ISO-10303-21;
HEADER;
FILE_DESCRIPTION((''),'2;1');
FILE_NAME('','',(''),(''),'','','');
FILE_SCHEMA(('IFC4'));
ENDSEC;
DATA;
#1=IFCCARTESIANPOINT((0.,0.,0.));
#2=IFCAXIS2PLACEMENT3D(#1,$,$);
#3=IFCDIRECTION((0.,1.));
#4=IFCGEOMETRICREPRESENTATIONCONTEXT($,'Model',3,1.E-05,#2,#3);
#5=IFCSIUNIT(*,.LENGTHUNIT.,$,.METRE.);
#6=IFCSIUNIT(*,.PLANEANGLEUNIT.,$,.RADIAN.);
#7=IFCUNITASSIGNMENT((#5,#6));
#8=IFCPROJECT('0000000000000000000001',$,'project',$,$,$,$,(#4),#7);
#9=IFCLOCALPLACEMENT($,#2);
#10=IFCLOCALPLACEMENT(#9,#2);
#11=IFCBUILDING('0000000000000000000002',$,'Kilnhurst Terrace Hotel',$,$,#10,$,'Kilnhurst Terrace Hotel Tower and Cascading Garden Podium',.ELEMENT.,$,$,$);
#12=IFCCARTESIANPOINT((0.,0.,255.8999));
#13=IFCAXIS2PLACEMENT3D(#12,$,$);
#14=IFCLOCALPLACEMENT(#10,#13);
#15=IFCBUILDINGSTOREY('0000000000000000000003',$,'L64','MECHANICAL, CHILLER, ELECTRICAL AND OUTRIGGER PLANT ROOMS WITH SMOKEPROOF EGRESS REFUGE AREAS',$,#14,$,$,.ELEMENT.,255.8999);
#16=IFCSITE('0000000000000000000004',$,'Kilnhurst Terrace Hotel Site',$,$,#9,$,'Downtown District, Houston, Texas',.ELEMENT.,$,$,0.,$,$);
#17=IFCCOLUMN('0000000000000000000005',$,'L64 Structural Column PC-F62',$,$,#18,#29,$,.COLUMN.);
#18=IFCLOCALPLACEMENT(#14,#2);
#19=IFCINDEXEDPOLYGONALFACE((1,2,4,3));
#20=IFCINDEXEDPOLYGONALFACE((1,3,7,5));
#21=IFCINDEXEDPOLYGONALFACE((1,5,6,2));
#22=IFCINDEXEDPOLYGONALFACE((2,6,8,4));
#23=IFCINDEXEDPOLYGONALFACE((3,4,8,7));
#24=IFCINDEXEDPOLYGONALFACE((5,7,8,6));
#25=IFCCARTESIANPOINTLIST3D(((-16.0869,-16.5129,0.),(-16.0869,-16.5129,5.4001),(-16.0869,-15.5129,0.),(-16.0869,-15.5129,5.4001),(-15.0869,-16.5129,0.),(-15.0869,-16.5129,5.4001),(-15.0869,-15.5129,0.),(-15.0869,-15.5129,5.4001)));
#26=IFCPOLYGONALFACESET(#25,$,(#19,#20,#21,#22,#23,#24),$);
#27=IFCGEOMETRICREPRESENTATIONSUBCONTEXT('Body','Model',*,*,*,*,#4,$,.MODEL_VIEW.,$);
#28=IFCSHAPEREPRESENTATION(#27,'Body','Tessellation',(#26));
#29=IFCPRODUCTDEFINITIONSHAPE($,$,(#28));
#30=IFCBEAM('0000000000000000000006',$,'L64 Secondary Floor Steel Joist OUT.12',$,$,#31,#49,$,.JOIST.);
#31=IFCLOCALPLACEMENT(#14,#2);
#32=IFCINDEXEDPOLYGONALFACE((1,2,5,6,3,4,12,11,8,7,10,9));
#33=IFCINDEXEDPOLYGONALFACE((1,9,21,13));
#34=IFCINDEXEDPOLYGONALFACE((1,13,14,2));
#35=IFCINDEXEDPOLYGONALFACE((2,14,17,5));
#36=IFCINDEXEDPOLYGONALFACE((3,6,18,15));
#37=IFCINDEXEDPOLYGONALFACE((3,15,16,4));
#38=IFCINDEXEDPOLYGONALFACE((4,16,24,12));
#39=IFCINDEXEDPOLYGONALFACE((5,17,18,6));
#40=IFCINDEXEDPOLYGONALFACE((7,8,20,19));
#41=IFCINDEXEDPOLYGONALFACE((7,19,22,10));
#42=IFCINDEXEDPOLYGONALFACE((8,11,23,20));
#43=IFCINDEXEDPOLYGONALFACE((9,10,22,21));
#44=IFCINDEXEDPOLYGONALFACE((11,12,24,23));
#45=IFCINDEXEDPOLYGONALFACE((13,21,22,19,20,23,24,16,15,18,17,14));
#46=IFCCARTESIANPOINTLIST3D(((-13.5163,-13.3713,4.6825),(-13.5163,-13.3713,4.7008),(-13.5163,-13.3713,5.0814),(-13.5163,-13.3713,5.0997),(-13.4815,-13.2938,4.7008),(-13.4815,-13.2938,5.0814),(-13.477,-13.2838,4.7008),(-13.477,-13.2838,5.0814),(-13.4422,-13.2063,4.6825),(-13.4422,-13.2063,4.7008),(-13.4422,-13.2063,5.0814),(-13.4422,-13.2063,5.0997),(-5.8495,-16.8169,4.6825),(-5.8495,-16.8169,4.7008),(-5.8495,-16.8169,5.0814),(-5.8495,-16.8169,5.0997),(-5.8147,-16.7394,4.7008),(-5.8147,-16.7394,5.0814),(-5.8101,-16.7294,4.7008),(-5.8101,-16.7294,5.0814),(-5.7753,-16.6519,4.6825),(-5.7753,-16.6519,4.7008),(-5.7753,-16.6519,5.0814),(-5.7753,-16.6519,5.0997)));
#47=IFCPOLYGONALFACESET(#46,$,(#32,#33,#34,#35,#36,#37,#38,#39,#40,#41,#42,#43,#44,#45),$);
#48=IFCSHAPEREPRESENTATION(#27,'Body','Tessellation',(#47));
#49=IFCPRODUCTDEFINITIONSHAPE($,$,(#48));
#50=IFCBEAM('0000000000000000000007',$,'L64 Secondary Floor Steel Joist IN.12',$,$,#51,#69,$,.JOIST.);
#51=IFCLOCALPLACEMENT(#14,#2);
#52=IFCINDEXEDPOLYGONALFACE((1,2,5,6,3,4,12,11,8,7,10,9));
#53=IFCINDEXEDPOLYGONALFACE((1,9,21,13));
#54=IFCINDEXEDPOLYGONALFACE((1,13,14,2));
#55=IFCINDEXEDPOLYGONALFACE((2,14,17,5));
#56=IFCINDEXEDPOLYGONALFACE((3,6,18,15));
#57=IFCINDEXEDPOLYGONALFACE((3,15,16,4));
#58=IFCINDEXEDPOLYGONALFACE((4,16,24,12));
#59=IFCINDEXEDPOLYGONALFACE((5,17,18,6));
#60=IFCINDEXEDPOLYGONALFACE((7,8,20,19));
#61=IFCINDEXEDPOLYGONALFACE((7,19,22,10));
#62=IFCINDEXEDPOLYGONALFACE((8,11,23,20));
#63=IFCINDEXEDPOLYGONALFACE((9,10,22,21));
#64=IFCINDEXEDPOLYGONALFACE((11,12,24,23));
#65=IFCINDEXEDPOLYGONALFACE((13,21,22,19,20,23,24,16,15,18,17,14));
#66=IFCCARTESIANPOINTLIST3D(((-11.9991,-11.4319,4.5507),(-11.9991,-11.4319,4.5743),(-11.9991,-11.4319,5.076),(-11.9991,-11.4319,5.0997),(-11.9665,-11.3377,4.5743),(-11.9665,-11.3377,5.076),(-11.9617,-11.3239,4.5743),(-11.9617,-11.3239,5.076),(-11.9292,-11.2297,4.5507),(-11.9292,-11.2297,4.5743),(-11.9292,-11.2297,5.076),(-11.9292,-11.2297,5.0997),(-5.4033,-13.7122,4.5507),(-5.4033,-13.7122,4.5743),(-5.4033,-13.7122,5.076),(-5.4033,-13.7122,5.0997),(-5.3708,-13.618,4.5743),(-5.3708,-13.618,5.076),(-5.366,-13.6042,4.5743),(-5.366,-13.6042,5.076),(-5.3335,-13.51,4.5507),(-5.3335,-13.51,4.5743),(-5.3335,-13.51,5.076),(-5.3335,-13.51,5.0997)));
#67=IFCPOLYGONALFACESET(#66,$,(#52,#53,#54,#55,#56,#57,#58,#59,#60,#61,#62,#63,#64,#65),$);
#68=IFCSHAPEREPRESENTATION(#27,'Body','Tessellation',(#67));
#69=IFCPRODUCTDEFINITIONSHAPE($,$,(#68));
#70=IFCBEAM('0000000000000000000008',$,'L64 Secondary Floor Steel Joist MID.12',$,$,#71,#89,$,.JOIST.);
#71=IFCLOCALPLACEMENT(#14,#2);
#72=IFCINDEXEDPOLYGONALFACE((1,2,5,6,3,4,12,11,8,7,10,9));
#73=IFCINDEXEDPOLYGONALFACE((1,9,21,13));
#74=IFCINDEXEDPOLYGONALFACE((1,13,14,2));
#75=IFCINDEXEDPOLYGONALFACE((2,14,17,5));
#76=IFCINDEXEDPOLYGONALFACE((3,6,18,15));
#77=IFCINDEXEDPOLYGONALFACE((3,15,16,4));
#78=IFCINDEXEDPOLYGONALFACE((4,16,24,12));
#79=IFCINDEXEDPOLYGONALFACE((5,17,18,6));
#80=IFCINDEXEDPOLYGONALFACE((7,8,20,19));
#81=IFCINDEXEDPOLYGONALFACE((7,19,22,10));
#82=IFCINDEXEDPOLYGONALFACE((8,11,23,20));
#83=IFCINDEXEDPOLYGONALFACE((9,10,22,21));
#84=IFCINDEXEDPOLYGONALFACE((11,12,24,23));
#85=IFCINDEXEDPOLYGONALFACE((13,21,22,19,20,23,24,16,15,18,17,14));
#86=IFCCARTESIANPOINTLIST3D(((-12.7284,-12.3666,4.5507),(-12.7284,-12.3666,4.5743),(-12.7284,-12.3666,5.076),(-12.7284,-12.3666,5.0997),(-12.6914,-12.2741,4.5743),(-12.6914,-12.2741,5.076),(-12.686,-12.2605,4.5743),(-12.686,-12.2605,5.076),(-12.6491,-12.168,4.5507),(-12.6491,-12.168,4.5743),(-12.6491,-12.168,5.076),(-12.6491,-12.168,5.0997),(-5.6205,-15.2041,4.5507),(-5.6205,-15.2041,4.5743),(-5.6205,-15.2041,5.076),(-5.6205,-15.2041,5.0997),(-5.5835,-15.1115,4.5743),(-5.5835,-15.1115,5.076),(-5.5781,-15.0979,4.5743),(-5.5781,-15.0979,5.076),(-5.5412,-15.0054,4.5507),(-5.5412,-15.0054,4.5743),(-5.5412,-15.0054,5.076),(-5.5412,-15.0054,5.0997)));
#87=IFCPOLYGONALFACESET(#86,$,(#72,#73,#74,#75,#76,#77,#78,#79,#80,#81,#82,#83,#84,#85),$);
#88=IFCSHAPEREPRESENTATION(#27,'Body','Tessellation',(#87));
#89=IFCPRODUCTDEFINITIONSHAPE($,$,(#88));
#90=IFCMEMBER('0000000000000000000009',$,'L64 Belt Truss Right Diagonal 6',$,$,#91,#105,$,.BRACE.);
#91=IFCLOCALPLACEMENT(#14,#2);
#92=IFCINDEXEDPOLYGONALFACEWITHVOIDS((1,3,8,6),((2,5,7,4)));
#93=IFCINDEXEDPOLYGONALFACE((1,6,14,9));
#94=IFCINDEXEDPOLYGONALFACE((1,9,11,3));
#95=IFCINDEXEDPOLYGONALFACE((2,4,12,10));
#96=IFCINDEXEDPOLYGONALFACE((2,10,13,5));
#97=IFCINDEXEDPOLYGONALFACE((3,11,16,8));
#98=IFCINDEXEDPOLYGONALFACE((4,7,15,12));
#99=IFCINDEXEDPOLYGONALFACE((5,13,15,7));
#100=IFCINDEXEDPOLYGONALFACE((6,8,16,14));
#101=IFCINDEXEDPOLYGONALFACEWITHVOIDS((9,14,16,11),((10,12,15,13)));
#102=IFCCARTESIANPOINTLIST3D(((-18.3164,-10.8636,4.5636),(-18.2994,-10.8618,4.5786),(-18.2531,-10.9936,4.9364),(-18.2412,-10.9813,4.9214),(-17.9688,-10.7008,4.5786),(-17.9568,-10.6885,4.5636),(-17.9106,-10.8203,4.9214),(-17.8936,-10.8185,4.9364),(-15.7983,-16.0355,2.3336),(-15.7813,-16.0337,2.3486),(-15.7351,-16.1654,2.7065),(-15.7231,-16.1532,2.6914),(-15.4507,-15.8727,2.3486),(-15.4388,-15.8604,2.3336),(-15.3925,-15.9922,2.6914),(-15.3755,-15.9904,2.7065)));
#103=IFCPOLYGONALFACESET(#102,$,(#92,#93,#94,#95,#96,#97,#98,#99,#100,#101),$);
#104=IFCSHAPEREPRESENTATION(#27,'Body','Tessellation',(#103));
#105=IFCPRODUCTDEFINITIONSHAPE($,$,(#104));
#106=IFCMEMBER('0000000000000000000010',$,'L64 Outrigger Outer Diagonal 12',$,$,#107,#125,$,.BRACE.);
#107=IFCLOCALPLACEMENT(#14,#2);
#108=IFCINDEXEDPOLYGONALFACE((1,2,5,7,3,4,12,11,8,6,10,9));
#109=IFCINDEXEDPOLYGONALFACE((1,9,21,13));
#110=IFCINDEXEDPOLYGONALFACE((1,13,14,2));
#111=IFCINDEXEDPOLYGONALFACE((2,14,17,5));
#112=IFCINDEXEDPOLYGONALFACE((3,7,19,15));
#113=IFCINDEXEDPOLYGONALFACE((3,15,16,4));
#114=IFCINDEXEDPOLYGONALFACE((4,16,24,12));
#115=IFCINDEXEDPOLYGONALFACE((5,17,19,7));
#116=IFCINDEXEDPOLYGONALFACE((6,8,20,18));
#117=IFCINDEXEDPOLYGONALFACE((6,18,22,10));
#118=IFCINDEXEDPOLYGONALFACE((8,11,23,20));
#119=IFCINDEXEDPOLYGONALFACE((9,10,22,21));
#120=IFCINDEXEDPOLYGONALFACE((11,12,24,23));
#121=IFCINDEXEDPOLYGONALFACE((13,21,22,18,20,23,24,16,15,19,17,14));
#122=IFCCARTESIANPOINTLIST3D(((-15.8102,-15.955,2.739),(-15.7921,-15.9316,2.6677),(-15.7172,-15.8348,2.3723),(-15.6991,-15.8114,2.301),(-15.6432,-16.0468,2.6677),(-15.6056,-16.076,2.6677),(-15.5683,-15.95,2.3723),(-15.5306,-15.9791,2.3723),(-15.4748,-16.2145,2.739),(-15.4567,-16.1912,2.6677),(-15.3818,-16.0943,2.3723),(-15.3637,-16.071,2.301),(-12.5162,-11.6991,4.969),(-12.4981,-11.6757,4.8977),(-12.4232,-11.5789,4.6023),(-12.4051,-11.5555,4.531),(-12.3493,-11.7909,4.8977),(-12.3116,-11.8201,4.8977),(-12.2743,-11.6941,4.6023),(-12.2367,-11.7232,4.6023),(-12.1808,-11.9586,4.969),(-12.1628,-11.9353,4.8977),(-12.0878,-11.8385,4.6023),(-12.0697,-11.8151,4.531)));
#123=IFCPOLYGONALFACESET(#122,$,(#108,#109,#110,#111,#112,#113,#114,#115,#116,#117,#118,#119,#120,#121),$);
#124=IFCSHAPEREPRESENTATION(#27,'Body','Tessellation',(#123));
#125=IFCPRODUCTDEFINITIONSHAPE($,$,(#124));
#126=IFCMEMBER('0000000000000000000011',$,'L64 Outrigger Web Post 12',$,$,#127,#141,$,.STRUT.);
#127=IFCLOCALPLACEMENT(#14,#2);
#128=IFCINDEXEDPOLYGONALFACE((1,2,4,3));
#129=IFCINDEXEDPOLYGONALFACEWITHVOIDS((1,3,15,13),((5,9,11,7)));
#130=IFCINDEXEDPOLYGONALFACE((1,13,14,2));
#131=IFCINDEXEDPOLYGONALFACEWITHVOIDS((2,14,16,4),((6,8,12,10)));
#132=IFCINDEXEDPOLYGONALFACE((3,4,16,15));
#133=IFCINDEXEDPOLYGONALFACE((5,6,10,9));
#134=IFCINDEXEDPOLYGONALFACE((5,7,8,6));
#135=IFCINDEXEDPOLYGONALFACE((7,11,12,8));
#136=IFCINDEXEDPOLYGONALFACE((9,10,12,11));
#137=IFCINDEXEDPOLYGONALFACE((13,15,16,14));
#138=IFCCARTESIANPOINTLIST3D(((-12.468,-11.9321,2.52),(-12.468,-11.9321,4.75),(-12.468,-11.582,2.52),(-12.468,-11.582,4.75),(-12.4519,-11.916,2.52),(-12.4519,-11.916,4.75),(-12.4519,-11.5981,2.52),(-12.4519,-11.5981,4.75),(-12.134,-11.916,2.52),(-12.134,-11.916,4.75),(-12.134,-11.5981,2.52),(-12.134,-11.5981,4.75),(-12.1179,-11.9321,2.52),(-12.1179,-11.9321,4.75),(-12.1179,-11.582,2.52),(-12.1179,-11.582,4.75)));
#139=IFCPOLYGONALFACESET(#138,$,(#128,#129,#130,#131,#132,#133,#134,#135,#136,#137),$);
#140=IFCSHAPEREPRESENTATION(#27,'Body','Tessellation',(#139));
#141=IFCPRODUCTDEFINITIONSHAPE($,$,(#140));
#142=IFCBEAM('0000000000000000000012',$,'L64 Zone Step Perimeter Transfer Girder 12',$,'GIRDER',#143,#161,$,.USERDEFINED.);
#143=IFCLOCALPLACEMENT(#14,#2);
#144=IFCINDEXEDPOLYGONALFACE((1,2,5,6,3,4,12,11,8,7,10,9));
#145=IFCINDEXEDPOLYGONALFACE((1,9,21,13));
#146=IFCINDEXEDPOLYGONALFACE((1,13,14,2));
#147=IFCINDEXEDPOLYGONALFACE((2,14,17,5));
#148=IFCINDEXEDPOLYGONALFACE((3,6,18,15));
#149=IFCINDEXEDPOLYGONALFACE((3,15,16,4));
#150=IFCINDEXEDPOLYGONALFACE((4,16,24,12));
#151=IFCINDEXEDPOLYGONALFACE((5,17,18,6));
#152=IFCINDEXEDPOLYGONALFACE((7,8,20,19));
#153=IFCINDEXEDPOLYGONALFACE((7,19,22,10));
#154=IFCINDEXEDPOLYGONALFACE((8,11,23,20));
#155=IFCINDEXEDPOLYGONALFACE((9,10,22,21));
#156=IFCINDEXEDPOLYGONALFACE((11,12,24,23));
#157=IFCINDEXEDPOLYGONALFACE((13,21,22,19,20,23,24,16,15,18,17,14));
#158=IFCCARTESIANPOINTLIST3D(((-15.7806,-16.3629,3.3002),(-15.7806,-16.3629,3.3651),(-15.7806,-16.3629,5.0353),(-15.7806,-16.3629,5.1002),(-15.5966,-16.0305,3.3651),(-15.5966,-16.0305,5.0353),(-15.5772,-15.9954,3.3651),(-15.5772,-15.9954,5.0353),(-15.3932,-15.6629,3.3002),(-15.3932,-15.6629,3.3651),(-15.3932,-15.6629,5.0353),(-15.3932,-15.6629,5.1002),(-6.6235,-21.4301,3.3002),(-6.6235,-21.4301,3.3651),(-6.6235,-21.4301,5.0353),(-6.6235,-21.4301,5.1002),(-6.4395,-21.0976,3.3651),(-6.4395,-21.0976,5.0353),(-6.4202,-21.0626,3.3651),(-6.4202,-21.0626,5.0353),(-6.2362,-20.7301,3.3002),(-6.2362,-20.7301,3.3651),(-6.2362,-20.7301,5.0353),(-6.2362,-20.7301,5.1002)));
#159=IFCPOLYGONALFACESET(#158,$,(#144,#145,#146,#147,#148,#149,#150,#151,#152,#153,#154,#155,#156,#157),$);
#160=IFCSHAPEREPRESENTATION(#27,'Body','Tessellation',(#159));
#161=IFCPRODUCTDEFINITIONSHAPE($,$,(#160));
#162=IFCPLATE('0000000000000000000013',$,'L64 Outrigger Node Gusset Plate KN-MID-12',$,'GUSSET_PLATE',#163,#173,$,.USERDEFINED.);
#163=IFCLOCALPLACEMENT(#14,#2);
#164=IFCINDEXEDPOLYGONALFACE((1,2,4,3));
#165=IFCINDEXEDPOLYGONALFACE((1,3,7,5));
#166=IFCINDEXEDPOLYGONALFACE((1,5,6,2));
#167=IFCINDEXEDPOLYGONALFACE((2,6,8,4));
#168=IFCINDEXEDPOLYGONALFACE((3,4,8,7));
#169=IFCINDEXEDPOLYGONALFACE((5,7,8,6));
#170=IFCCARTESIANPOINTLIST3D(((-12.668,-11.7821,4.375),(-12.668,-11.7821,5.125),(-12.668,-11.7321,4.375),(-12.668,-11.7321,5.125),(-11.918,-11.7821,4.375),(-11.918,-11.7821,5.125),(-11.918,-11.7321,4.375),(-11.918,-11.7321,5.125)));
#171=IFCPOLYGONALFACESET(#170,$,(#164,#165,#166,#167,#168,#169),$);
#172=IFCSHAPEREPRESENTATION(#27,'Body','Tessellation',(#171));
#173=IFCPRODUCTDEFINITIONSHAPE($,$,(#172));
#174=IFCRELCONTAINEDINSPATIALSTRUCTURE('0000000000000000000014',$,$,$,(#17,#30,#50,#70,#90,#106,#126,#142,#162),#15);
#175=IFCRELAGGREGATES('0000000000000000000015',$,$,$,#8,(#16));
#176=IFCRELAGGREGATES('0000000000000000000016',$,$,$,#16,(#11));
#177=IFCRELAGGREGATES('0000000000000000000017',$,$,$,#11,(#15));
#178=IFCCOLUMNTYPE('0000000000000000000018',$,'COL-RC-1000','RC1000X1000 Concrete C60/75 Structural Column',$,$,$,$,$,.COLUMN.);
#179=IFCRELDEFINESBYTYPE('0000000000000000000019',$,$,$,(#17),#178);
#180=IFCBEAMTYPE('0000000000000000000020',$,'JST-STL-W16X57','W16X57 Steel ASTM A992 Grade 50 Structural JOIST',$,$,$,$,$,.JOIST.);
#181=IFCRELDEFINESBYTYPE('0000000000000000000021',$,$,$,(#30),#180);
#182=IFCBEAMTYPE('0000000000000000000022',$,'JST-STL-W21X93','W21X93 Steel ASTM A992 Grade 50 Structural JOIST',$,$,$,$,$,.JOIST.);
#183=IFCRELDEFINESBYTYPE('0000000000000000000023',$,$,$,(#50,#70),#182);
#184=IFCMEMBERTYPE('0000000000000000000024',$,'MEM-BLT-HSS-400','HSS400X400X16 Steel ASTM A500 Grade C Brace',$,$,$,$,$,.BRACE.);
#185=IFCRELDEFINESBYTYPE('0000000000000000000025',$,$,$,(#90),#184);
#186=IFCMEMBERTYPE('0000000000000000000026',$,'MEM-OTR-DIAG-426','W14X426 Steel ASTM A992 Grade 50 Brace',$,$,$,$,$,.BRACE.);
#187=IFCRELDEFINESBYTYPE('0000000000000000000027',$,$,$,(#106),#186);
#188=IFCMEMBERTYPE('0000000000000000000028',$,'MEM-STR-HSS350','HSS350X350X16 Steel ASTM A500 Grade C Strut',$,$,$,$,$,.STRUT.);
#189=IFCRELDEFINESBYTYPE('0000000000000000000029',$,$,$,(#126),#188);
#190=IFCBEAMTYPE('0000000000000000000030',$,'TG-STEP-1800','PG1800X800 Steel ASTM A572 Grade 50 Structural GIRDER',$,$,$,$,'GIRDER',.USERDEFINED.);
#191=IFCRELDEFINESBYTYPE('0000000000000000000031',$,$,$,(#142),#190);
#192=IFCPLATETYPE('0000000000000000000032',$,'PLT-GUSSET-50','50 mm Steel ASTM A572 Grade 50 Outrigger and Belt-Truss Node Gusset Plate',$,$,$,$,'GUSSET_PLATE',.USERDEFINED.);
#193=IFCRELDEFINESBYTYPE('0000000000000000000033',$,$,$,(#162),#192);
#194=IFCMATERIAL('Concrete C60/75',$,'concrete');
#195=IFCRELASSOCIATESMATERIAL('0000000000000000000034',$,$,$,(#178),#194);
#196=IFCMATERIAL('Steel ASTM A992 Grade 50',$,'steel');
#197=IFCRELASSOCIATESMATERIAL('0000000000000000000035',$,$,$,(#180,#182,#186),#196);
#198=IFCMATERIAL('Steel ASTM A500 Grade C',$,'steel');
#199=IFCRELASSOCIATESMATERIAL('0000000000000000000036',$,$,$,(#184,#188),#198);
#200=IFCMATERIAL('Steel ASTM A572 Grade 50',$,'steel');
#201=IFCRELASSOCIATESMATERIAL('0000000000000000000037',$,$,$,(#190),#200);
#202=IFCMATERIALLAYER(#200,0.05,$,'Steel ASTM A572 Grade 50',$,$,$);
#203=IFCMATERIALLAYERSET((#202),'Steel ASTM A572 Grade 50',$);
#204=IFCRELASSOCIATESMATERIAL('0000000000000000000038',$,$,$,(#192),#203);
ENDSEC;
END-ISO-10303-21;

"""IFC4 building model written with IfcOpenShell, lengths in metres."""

from ifc_helpers import new_model, si_unit, direction, frame, origin, origin_2d, place, context, subcontext, project, spatial, rectangle, hollow_rectangle, i_section, extrude, material, layer, layer_set, material_profile, profile_set, type_object, element, save


model = new_model("IFC4")

# Units and contexts
model_context = context("Model", 3, precision=1e-05, world=origin(), true_north=direction((0.0, 1.0)))
body_context = subcontext(model_context, "Body", "Model", "MODEL_VIEW")
ifc_project = project(units=[si_unit("LENGTHUNIT", "METRE"), si_unit("PLANEANGLEUNIT", "RADIAN")], contexts=[model_context])

# Site, building, storey
site_placement = place(None, origin())
site = spatial("IfcSite", under=ifc_project, at=site_placement, Name="Kilnhurst Terrace Hotel Site", LongName="Downtown District, Houston, Texas", CompositionType="ELEMENT", RefElevation=0.0)
building_placement = place(site_placement, origin())
building = spatial("IfcBuilding", under=site, at=building_placement, Name="Kilnhurst Terrace Hotel", LongName="Kilnhurst Terrace Hotel Tower and Cascading Garden Podium", CompositionType="ELEMENT")
storey_placement = place(building_placement, frame((0.0, 0.0, 255.8999)))
storey = spatial("IfcBuildingStorey", under=building, at=storey_placement, Name="L64", Description="MECHANICAL, CHILLER, ELECTRICAL AND OUTRIGGER PLANT ROOMS WITH SMOKEPROOF EGRESS REFUGE AREAS", CompositionType="ELEMENT", Elevation=255.8999)

# Column
ifc_material_1 = material(Name="Concrete C60/75", Category="concrete")
ifc_material_profile_1 = material_profile(ifc_material_1, rectangle(XDim=1.0, YDim=1.0, at=origin_2d()), Name="RC1000X1000")
ifc_profile_set_1 = profile_set([ifc_material_profile_1], Name="Concrete C60/75")
column_type = type_object("IfcColumnType", Name="COL-RC-1000", Description="RC1000X1000 Concrete C60/75 Structural Column", PredefinedType="COLUMN", material=ifc_profile_set_1)
column_placement = place(storey_placement, frame((-15.5869, -16.0129, 0.0), z_axis=(0.0, 0.0, 1.0), x_axis=(1.0, 0.0, 0.0)))
element("IfcColumn", 1, at=column_placement, inside=storey, type_object=column_type, Name="L64 Structural Column PC-F62", PredefinedType="COLUMN", context=body_context, shape_type="SweptSolid", body=[
    extrude(rectangle(XDim=1.0, YDim=1.0, at=origin_2d()), origin(), (0.0, 0.0, 1.0), 5.4001),
])

# Beams
ifc_material_2 = material(Name="Steel ASTM A992 Grade 50", Category="steel")
ifc_material_profile_2 = material_profile(ifc_material_2, i_section(OverallWidth=0.1809, OverallDepth=0.4172, WebThickness=0.011, FlangeThickness=0.0183, at=origin_2d()), Name="W16X57")
ifc_profile_set_2 = profile_set([ifc_material_profile_2], Name="Steel ASTM A992 Grade 50")
beam_type_1 = type_object("IfcBeamType", Name="JST-STL-W16X57", Description="W16X57 Steel ASTM A992 Grade 50 Structural JOIST", PredefinedType="JOIST", material=ifc_profile_set_2)
beam_1_placement = place(storey_placement, frame((-13.4792, -13.2888, 4.8911), z_axis=(0.912121, -0.409921, 0.0), x_axis=(0.409921, 0.912121, 0.0)))
element("IfcBeam", 2, at=beam_1_placement, inside=storey, type_object=beam_type_1, Name="L64 Secondary Floor Steel Joist OUT.12", PredefinedType="JOIST", context=body_context, shape_type="SweptSolid", body=[
    extrude(i_section(OverallWidth=0.1809, OverallDepth=0.4172, WebThickness=0.011, FlangeThickness=0.0183, at=origin_2d()), origin(), (0.0, 0.0, 1.0), 8.4055),
])
ifc_material_profile_3 = material_profile(ifc_material_2, i_section(OverallWidth=0.2139, OverallDepth=0.5491, WebThickness=0.0146, FlangeThickness=0.0237, at=origin_2d()), Name="W21X93")
ifc_profile_set_3 = profile_set([ifc_material_profile_3], Name="Steel ASTM A992 Grade 50")
beam_type_2 = type_object("IfcBeamType", Name="JST-STL-W21X93", Description="W21X93 Steel ASTM A992 Grade 50 Structural JOIST", PredefinedType="JOIST", material=ifc_profile_set_3)
beam_2_placement = place(storey_placement, frame((-11.9641, -11.3308, 4.8252), z_axis=(0.945112, -0.326745, 0.0), x_axis=(0.326745, 0.945112, 0.0)))
element("IfcBeam", 3, at=beam_2_placement, inside=storey, type_object=beam_type_2, Name="L64 Secondary Floor Steel Joist IN.12", PredefinedType="JOIST", context=body_context, shape_type="SweptSolid", body=[
    extrude(i_section(OverallWidth=0.2139, OverallDepth=0.5491, WebThickness=0.0146, FlangeThickness=0.0237, at=origin_2d()), origin(), (0.0, 0.0, 1.0), 6.9788),
])
beam_3_placement = place(storey_placement, frame((-12.6887, -12.2673, 4.8252), z_axis=(0.928736, -0.370742, 0.0), x_axis=(0.370742, 0.928736, 0.0)))
element("IfcBeam", 4, at=beam_3_placement, inside=storey, type_object=beam_type_2, Name="L64 Secondary Floor Steel Joist MID.12", PredefinedType="JOIST", context=body_context, shape_type="SweptSolid", body=[
    extrude(i_section(OverallWidth=0.2139, OverallDepth=0.5491, WebThickness=0.0146, FlangeThickness=0.0237, at=origin_2d()), origin(), (0.0, 0.0, 1.0), 7.6533),
])

# Members
ifc_material_3 = material(Name="Steel ASTM A500 Grade C", Category="steel")
ifc_material_profile_4 = material_profile(ifc_material_3, hollow_rectangle(XDim=0.3999, YDim=0.3999, WallThickness=0.0161, at=origin_2d()), Name="HSS400X400X16")
ifc_profile_set_4 = profile_set([ifc_material_profile_4], Name="Steel ASTM A500 Grade C")
member_type_1 = type_object("IfcMemberType", Name="MEM-BLT-HSS-400", Description="HSS400X400X16 Steel ASTM A500 Grade C Brace", PredefinedType="BRACE", material=ifc_profile_set_4)
member_1_placement = place(storey_placement, frame((-15.5869, -16.0129, 2.52), z_axis=(-0.408153, 0.838308, 0.361457), x_axis=(-0.899097, -0.43775, 0.0)))
element("IfcMember", 5, at=member_1_placement, inside=storey, type_object=member_type_1, Name="L64 Belt Truss Right Diagonal 6", PredefinedType="BRACE", context=body_context, shape_type="SweptSolid", body=[
    extrude(hollow_rectangle(XDim=0.3999, YDim=0.3999, WallThickness=0.0161, at=origin_2d()), origin(), (0.0, 0.0, 1.0), 6.1694),
])
ifc_material_profile_5 = material_profile(ifc_material_2, i_section(OverallWidth=0.4241, OverallDepth=0.4741, WebThickness=0.0476, FlangeThickness=0.0771, at=origin_2d()), Name="W14X426")
ifc_profile_set_5 = profile_set([ifc_material_profile_5], Name="Steel ASTM A992 Grade 50")
member_type_2 = type_object("IfcMemberType", Name="MEM-OTR-DIAG-426", Description="W14X426 Steel ASTM A992 Grade 50 Brace", PredefinedType="BRACE", material=ifc_profile_set_5)
member_2_placement = place(storey_placement, frame((-12.293, -11.7571, 4.75), z_axis=(-0.565446, -0.73057, -0.382803), x_axis=(0.790806, -0.612067, 0.0)))
element("IfcMember", 6, at=member_2_placement, inside=storey, type_object=member_type_2, Name="L64 Outrigger Outer Diagonal 12", PredefinedType="BRACE", context=body_context, shape_type="SweptSolid", body=[
    extrude(i_section(OverallWidth=0.4241, OverallDepth=0.4741, WebThickness=0.0476, FlangeThickness=0.0771, at=origin_2d()), origin(), (0.0, 0.0, 1.0), 5.8254),
])
ifc_material_profile_6 = material_profile(ifc_material_3, hollow_rectangle(XDim=0.3501, YDim=0.3501, WallThickness=0.0161, at=origin_2d()), Name="HSS350X350X16")
ifc_profile_set_6 = profile_set([ifc_material_profile_6], Name="Steel ASTM A500 Grade C")
member_type_3 = type_object("IfcMemberType", Name="MEM-STR-HSS350", Description="HSS350X350X16 Steel ASTM A500 Grade C Strut", PredefinedType="STRUT", material=ifc_profile_set_6)
member_3_placement = place(storey_placement, frame((-12.293, -11.7571, 2.52), z_axis=(0.0, 0.0, 1.0), x_axis=(1.0, 0.0, 0.0)))
element("IfcMember", 7, at=member_3_placement, inside=storey, type_object=member_type_3, Name="L64 Outrigger Web Post 12", PredefinedType="STRUT", context=body_context, shape_type="SweptSolid", body=[
    extrude(hollow_rectangle(XDim=0.3501, YDim=0.3501, WallThickness=0.0161, at=origin_2d()), origin(), (0.0, 0.0, 1.0), 2.23),
])

# Beam
ifc_material_4 = material(Name="Steel ASTM A572 Grade 50", Category="steel")
ifc_material_profile_7 = material_profile(ifc_material_4, i_section(OverallWidth=0.8, OverallDepth=1.8, WebThickness=0.04, FlangeThickness=0.0649, at=origin_2d()), Name="PG1800X800")
ifc_profile_set_7 = profile_set([ifc_material_profile_7], Name="Steel ASTM A572 Grade 50")
beam_type_3 = type_object("IfcBeamType", Name="TG-STEP-1800", Description="PG1800X800 Steel ASTM A572 Grade 50 Structural GIRDER", ElementType="GIRDER", PredefinedType="USERDEFINED", material=ifc_profile_set_7)
beam_4_placement = place(storey_placement, frame((-15.5869, -16.0129, 4.2002), z_axis=(0.87497, -0.484177, 0.0), x_axis=(0.484177, 0.87497, 0.0)))
element("IfcBeam", 8, at=beam_4_placement, inside=storey, type_object=beam_type_3, Name="L64 Zone Step Perimeter Transfer Girder 12", ObjectType="GIRDER", PredefinedType="USERDEFINED", context=body_context, shape_type="SweptSolid", body=[
    extrude(i_section(OverallWidth=0.8, OverallDepth=1.8, WebThickness=0.04, FlangeThickness=0.0649, at=origin_2d()), origin(), (0.0, 0.0, 1.0), 10.4656),
])

# Plate
ifc_layer_1 = layer(ifc_material_4, 0.05, Name="Steel ASTM A572 Grade 50")
ifc_layer_set_1 = layer_set([ifc_layer_1], Name="Steel ASTM A572 Grade 50")
plate_type = type_object("IfcPlateType", Name="PLT-GUSSET-50", Description="50 mm Steel ASTM A572 Grade 50 Outrigger and Belt-Truss Node Gusset Plate", ElementType="GUSSET_PLATE", PredefinedType="USERDEFINED", material=ifc_layer_set_1)
for number, where, z_axis, x_axis, name in (
    (9, (-12.293, -11.7571, 4.375), (0.0, 0.0, 1.0), (1.0, 0.0, 0.0), "L64 Outrigger Node Gusset Plate KN-MID-12"),
):
    element("IfcPlate", number, at=place(storey_placement, frame(where, z_axis=z_axis, x_axis=x_axis)), inside=storey, type_object=plate_type, Name=name, ObjectType="GUSSET_PLATE", PredefinedType="USERDEFINED", context=body_context, shape_type="SweptSolid", body=[
        extrude(rectangle(XDim=0.75, YDim=0.05, at=origin_2d()), origin(), (0.0, 0.0, 1.0), 0.75),
    ])

save(model, "model.ifc")
